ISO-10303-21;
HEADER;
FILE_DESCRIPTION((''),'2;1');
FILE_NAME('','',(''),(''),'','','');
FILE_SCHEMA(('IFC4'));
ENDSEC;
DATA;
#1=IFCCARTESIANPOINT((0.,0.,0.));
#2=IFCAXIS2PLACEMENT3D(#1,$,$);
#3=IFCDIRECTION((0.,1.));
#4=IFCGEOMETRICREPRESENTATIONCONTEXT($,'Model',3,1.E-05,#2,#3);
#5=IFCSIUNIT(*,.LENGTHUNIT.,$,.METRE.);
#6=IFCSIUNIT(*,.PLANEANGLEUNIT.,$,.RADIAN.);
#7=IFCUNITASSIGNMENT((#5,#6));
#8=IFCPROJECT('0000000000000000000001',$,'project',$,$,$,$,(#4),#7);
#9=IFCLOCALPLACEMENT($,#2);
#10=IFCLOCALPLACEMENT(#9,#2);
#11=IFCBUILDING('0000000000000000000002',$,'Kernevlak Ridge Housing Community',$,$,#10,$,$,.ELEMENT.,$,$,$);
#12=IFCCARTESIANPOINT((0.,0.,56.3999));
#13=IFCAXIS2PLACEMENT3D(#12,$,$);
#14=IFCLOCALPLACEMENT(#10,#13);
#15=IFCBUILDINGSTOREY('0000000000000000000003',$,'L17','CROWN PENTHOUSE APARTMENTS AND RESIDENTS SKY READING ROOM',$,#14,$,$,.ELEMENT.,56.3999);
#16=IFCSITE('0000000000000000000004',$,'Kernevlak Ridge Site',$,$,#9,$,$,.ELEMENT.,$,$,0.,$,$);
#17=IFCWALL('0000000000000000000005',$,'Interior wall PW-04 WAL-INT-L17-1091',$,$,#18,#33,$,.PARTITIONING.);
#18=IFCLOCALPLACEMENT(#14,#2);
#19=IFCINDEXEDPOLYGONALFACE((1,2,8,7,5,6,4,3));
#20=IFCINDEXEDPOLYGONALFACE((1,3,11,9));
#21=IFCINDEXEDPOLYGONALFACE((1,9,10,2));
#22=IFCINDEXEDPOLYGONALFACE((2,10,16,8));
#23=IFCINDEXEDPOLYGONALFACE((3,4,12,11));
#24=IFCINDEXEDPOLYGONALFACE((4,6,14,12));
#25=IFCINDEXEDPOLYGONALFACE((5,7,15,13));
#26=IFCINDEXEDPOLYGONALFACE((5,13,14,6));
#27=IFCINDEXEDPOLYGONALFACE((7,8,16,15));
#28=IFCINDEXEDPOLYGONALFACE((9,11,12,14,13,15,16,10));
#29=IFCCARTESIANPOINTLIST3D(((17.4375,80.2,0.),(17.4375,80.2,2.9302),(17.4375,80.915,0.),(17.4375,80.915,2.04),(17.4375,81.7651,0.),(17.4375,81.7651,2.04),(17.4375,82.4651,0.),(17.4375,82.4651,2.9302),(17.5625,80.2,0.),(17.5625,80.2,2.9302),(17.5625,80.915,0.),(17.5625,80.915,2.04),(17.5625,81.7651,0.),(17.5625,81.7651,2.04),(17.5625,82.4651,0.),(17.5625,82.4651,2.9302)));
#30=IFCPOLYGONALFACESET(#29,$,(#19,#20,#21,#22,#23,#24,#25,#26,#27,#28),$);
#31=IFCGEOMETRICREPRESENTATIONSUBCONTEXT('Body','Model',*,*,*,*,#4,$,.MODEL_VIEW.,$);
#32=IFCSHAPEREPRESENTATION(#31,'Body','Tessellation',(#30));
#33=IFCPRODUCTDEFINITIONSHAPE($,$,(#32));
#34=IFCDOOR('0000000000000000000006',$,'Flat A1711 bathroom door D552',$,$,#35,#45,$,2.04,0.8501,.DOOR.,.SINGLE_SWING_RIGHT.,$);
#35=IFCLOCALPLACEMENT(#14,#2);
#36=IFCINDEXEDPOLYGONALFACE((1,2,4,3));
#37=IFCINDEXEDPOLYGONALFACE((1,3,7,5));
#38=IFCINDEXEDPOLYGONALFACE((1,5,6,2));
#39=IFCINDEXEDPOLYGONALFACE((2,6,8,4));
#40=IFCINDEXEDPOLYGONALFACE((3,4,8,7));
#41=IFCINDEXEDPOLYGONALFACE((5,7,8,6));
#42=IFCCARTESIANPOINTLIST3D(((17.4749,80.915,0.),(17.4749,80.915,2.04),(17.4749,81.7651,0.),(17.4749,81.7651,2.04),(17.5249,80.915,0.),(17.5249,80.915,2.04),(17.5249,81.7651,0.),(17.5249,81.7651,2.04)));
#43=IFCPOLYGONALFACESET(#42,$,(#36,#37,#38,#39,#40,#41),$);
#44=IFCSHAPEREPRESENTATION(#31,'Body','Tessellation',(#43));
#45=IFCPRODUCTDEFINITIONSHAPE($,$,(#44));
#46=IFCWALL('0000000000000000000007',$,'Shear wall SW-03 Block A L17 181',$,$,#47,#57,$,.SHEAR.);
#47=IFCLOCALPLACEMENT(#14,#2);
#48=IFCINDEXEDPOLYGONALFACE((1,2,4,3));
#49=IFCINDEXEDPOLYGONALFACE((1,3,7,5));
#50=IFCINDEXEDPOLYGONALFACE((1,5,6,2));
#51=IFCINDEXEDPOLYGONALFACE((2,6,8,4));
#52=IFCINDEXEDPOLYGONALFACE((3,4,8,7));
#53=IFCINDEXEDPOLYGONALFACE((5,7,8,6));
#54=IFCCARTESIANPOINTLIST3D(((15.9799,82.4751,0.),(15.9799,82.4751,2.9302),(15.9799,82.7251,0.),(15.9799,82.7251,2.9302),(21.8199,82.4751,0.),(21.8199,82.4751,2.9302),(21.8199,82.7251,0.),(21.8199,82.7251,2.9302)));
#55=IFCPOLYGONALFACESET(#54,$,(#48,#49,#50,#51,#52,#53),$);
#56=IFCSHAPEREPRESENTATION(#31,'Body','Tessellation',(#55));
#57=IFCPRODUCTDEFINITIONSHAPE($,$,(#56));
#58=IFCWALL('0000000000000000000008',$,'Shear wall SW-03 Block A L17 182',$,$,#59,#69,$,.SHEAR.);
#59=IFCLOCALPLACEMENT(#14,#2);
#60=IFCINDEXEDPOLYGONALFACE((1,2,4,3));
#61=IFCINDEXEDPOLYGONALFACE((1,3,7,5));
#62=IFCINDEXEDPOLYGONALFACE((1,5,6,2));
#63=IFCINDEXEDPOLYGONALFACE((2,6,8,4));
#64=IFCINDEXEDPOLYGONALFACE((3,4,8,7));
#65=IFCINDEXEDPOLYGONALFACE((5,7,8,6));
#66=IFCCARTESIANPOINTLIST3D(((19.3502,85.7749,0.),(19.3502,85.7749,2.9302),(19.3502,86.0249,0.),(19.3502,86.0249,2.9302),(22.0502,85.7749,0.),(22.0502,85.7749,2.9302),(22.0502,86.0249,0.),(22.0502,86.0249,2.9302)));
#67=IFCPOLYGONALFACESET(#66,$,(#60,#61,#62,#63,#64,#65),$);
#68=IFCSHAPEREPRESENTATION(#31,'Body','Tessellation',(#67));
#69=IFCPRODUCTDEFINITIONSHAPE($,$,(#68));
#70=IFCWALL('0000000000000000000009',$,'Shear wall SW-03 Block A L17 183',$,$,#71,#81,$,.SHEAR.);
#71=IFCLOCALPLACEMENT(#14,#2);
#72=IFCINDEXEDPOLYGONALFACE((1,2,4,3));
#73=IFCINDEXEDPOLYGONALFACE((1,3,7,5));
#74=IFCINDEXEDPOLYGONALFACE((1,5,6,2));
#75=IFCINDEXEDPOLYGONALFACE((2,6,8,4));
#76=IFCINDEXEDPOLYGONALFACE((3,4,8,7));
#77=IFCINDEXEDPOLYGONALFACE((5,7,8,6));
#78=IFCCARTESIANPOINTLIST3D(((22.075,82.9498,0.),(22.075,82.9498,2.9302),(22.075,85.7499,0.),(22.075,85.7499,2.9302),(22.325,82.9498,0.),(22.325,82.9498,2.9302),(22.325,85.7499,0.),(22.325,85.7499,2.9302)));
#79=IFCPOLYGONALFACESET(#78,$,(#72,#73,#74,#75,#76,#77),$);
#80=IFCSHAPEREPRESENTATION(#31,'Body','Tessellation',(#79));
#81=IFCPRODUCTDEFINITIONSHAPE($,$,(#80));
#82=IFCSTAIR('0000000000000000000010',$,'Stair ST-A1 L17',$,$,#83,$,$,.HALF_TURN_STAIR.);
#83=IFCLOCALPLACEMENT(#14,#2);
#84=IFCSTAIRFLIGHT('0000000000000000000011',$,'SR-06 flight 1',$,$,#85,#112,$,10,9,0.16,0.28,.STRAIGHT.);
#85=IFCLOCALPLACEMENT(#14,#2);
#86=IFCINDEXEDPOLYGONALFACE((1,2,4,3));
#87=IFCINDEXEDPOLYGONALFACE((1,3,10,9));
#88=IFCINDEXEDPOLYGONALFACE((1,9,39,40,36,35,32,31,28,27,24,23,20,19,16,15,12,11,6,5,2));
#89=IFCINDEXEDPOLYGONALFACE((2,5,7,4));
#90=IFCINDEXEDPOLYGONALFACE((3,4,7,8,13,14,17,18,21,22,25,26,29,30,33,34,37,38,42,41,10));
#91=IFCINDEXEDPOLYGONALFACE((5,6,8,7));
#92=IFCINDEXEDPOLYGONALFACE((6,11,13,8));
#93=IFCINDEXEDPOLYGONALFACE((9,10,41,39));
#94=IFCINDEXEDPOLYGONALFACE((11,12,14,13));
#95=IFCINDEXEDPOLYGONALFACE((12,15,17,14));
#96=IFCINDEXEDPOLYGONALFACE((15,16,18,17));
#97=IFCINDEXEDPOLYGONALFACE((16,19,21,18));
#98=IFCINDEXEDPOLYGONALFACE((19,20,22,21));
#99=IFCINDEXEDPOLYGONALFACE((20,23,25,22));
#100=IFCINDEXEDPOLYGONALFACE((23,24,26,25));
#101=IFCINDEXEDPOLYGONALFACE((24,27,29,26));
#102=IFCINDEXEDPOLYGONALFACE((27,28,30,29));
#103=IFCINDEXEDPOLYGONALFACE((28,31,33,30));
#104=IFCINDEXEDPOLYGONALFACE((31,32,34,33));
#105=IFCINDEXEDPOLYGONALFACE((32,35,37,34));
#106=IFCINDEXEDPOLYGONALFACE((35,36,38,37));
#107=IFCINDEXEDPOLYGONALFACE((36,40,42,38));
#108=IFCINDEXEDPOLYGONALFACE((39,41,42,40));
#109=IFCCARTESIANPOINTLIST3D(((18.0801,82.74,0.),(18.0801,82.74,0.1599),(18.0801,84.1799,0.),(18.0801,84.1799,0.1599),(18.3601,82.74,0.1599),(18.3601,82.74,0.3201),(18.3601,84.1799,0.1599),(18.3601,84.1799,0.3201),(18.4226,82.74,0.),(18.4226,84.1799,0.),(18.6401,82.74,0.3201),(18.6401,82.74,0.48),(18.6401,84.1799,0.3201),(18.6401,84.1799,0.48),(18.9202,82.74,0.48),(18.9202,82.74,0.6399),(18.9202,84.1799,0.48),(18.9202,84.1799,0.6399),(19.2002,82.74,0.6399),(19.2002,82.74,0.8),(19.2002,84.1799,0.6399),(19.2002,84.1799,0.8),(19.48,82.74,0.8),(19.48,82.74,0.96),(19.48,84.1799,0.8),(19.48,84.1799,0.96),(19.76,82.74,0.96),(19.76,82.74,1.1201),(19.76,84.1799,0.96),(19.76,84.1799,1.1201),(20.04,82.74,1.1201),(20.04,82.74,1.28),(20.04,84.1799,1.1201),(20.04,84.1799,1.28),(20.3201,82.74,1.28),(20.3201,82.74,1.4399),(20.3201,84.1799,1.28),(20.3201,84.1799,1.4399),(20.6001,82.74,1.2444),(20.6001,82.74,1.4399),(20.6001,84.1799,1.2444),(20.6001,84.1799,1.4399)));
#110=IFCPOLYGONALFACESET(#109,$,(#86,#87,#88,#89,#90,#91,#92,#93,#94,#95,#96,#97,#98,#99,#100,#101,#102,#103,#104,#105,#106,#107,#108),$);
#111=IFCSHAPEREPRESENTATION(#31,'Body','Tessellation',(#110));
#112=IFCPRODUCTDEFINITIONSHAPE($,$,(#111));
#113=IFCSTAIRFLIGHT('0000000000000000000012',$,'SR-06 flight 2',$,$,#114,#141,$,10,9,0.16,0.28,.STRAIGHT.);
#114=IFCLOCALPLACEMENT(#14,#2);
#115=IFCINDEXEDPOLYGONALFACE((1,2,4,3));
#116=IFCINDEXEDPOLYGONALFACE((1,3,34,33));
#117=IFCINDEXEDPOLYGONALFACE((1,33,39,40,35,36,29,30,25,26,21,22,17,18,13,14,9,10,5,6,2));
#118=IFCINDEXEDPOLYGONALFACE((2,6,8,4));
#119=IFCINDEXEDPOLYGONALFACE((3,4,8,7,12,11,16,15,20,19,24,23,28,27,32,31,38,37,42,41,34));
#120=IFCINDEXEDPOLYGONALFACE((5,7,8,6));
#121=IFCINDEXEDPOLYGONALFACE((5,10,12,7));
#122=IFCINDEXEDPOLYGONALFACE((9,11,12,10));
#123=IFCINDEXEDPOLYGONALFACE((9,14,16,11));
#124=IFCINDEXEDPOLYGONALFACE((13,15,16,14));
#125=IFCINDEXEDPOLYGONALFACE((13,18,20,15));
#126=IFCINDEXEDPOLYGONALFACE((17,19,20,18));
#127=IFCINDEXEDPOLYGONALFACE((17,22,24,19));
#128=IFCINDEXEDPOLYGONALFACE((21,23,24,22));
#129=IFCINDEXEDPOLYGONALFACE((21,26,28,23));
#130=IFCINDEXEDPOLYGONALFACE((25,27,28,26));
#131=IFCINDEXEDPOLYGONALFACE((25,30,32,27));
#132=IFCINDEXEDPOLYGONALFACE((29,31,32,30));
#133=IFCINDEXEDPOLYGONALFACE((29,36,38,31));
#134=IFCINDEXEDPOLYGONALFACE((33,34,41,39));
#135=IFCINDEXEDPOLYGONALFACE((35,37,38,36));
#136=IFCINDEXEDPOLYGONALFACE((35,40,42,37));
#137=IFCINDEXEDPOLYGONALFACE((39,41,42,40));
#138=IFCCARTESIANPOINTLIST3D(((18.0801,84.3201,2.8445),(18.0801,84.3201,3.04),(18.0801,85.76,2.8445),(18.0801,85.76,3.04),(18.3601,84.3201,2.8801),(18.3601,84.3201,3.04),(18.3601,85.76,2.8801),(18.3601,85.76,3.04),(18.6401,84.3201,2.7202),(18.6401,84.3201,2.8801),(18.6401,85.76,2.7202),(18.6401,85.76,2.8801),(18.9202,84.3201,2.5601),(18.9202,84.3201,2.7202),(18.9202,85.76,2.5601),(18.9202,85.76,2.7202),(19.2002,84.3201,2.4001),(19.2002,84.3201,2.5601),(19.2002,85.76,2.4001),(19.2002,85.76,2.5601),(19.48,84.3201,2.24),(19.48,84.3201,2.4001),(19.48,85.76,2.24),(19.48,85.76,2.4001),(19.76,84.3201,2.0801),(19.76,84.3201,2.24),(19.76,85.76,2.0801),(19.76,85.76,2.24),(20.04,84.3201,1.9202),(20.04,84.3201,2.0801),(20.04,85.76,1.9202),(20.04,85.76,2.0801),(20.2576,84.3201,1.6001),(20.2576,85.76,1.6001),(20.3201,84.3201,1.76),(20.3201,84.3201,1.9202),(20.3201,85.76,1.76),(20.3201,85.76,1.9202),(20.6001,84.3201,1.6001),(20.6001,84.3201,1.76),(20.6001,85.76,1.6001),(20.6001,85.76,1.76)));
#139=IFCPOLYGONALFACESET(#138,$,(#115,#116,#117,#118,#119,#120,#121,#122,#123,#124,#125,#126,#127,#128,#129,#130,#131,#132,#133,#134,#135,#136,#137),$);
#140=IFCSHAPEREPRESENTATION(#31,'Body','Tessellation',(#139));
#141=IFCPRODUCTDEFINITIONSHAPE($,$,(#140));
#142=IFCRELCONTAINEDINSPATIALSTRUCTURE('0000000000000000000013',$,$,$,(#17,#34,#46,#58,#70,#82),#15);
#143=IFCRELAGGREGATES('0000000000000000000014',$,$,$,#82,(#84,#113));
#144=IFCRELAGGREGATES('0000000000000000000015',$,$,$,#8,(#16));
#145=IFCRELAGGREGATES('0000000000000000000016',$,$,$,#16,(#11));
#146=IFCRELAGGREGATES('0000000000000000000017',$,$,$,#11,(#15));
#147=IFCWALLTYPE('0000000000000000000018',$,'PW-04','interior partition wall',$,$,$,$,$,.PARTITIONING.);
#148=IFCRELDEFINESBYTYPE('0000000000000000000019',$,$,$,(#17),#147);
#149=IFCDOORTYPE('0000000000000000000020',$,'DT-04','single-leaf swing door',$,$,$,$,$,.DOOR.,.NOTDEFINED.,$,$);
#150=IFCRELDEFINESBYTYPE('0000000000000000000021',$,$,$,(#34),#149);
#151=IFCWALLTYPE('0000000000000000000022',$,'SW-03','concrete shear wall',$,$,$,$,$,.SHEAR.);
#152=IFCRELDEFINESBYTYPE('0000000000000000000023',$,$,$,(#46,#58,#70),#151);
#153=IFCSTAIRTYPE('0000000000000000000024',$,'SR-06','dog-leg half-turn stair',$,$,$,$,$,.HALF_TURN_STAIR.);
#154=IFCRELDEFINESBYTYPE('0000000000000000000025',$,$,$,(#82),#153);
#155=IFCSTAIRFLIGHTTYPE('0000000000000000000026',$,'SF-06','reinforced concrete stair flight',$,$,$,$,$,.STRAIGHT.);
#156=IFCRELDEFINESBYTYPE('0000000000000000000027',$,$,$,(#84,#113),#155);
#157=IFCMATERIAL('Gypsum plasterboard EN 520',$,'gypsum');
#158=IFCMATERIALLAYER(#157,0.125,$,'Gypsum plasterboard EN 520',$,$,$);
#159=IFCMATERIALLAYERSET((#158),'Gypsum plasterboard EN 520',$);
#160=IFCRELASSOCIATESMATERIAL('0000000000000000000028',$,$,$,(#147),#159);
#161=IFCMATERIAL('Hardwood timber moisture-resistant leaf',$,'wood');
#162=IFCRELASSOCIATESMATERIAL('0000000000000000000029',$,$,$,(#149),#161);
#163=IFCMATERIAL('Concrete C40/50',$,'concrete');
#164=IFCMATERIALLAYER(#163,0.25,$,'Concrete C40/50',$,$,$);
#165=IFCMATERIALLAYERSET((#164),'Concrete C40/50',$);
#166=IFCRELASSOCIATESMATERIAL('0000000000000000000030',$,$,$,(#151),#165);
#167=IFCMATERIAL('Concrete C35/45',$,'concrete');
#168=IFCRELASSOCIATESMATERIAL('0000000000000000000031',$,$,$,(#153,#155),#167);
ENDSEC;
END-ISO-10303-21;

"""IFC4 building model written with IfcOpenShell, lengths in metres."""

from ifc_helpers import new_model, si_unit, direction, frame, frame_2d, origin, place, context, subcontext, project, spatial, polyline, rectangle, outline, extrude, material, layer, layer_set, type_object, element, fill, aggregate, save


model = new_model("IFC4")

# Units and contexts
model_context = context("Model", 3, precision=1e-05, world=origin(), true_north=direction((0.0, 1.0)))
body_context = subcontext(model_context, "Body", "Model", "MODEL_VIEW")
ifc_project = project(units=[si_unit("LENGTHUNIT", "METRE"), si_unit("PLANEANGLEUNIT", "RADIAN")], contexts=[model_context])

# Site, building, storey
site_placement = place(None, origin())
site = spatial("IfcSite", under=ifc_project, at=site_placement, Name="Kernevlak Ridge Site", CompositionType="ELEMENT", RefElevation=0.0)
building_placement = place(site_placement, origin())
building = spatial("IfcBuilding", under=site, at=building_placement, Name="Kernevlak Ridge Housing Community", CompositionType="ELEMENT")
storey_placement = place(building_placement, frame((0.0, 0.0, 56.3999)))
storey = spatial("IfcBuildingStorey", under=building, at=storey_placement, Name="L17", Description="CROWN PENTHOUSE APARTMENTS AND RESIDENTS SKY READING ROOM", CompositionType="ELEMENT", Elevation=56.3999)

# Shared definitions
ifc_material_1 = material(Name="Concrete C35/45", Category="concrete")

# Wall, opening, door
ifc_material_2 = material(Name="Gypsum plasterboard EN 520", Category="gypsum")
ifc_layer_1 = layer(ifc_material_2, 0.125, Name="Gypsum plasterboard EN 520")
ifc_layer_set_1 = layer_set([ifc_layer_1], Name="Gypsum plasterboard EN 520")
wall_type_1 = type_object("IfcWallType", Name="PW-04", Description="interior partition wall", PredefinedType="PARTITIONING", material=ifc_layer_set_1)
wall_1_placement = place(storey_placement, frame((17.5, 82.4651, 0.0), z_axis=(0.0, 0.0, 1.0), x_axis=(0.0, -1.0, 0.0)))
wall_1 = element("IfcWall", 1, at=wall_1_placement, inside=storey, type_object=wall_type_1, Name="Interior wall PW-04 WAL-INT-L17-1091", PredefinedType="PARTITIONING", context=body_context, shape_type="SweptSolid", body=[
    extrude(rectangle(XDim=2.2651, YDim=0.125, at=frame_2d((1.1326, 0.0))), origin(), (0.0, 0.0, 1.0), 2.9302),
])
opening_1_placement = place(wall_1_placement, frame((0.7, 0.0, 0.0)))
opening_1 = element("IfcOpeningElement", 2, at=opening_1_placement, cuts=wall_1, PredefinedType="OPENING", context=body_context, shape_type="SweptSolid", body=[
    extrude(rectangle(XDim=0.8501, YDim=2.04, at=frame_2d((0.425, 1.02))), frame((0.0, 0.0725, 0.0), z_axis=(0.0, -1.0, 0.0), x_axis=(1.0, 0.0, 0.0)), (0.0, 0.0, 1.0), 0.145),
])
ifc_material_3 = material(Name="Hardwood timber moisture-resistant leaf", Category="wood")
door_type_1 = type_object("IfcDoorType", Name="DT-04", Description="single-leaf swing door", OperationType="NOTDEFINED", PredefinedType="DOOR", material=ifc_material_3)
door_1_placement = place(opening_1_placement, origin())
door_1 = element("IfcDoor", 3, at=door_1_placement, inside=storey, type_object=door_type_1, Name="Flat A1711 bathroom door D552", OperationType="SINGLE_SWING_RIGHT", OverallHeight=2.04, OverallWidth=0.8501, PredefinedType="DOOR", context=body_context, shape_type="SweptSolid", body=[
    extrude(rectangle(XDim=0.8501, YDim=2.04, at=frame_2d((0.425, 1.02))), frame((0.0, 0.0249, 0.0), z_axis=(0.0, -1.0, 0.0), x_axis=(1.0, 0.0, 0.0)), (0.0, 0.0, 1.0), 0.05),
])
fill(opening_1, door_1)

# Walls
ifc_material_4 = material(Name="Concrete C40/50", Category="concrete")
ifc_layer_2 = layer(ifc_material_4, 0.25, Name="Concrete C40/50")
ifc_layer_set_2 = layer_set([ifc_layer_2], Name="Concrete C40/50")
wall_type_2 = type_object("IfcWallType", Name="SW-03", Description="concrete shear wall", PredefinedType="SHEAR", material=ifc_layer_set_2)
wall_2_placement = place(storey_placement, frame((15.98, 82.6001, 0.0), z_axis=(0.0, 0.0, 1.0), x_axis=(1.0, 0.0, 0.0)))
element("IfcWall", 4, at=wall_2_placement, inside=storey, type_object=wall_type_2, Name="Shear wall SW-03 Block A L17 181", PredefinedType="SHEAR", context=body_context, shape_type="SweptSolid", body=[
    extrude(rectangle(XDim=5.8401, YDim=0.25, at=frame_2d((2.9199, 0.0))), origin(), (0.0, 0.0, 1.0), 2.9302),
])
wall_3_placement = place(storey_placement, frame((19.3501, 85.8999, 0.0), z_axis=(0.0, 0.0, 1.0), x_axis=(1.0, 0.0, 0.0)))
element("IfcWall", 5, at=wall_3_placement, inside=storey, type_object=wall_type_2, Name="Shear wall SW-03 Block A L17 182", PredefinedType="SHEAR", context=body_context, shape_type="SweptSolid", body=[
    extrude(rectangle(XDim=2.7, YDim=0.25, at=frame_2d((1.3501, 0.0))), origin(), (0.0, 0.0, 1.0), 2.9302),
])
wall_4_placement = place(storey_placement, frame((22.2, 82.95, 0.0), z_axis=(0.0, 0.0, 1.0), x_axis=(0.0, 1.0, 0.0)))
element("IfcWall", 6, at=wall_4_placement, inside=storey, type_object=wall_type_2, Name="Shear wall SW-03 Block A L17 183", PredefinedType="SHEAR", context=body_context, shape_type="SweptSolid", body=[
    extrude(rectangle(XDim=2.8, YDim=0.25, at=frame_2d((1.3999, 0.0))), origin(), (0.0, 0.0, 1.0), 2.9302),
])

# Stair, stair flights
stair_type = type_object("IfcStairType", Name="SR-06", Description="dog-leg half-turn stair", PredefinedType="HALF_TURN_STAIR", material=ifc_material_1)
stair_placement = place(storey_placement, origin())
stair = element("IfcStair", 7, at=stair_placement, inside=storey, type_object=stair_type, Name="Stair ST-A1 L17", PredefinedType="HALF_TURN_STAIR")
stair_flight_type = type_object("IfcStairFlightType", Name="SF-06", Description="reinforced concrete stair flight", PredefinedType="STRAIGHT", material=ifc_material_1)
stair_flight_1_placement = place(storey_placement, frame((18.0801, 83.46, 0.0), z_axis=(0.0, 0.0, 1.0), x_axis=(1.0, 0.0, 0.0)))
stair_flight_1 = element("IfcStairFlight", 8, at=stair_flight_1_placement, type_object=stair_flight_type, Name="SR-06 flight 1", NumberOfRisers=10, NumberOfTreads=9, PredefinedType="STRAIGHT", RiserHeight=0.16, TreadLength=0.28, context=body_context, shape_type="SweptSolid", body=[
    extrude(outline(polyline([(0.0, 0.0), (0.0, 0.1599), (0.28, 0.1599), (0.28, 0.3201), (0.5601, 0.3201), (0.5601, 0.48), (0.8401, 0.48), (0.8401, 0.6399), (1.1201, 0.6399), (1.1201, 0.8), (1.3999, 0.8), (1.3999, 0.96), (1.6799, 0.96), (1.6799, 1.1201), (1.96, 1.1201), (1.96, 1.28), (2.24, 1.28), (2.24, 1.4399), (2.52, 1.4399), (2.52, 1.6001), (2.52, 1.2444), (0.3425, 0.0), (0.0, 0.0)])), frame((0.0, 0.72, 0.0), z_axis=(0.0, -1.0, 0.0), x_axis=(1.0, 0.0, 0.0)), (0.0, 0.0, 1.0), 1.4399),
])
stair_flight_2_placement = place(storey_placement, frame((20.6001, 85.04, 1.6001), z_axis=(0.0, 0.0, 1.0), x_axis=(-1.0, 0.0, 0.0)))
stair_flight_2 = element("IfcStairFlight", 9, at=stair_flight_2_placement, type_object=stair_flight_type, Name="SR-06 flight 2", NumberOfRisers=10, NumberOfTreads=9, PredefinedType="STRAIGHT", RiserHeight=0.16, TreadLength=0.28, context=body_context, shape_type="SweptSolid", body=[
    extrude(outline(polyline([(0.0, 0.0), (0.0, 0.1599), (0.28, 0.1599), (0.28, 0.3201), (0.5601, 0.3201), (0.5601, 0.48), (0.8401, 0.48), (0.8401, 0.6399), (1.1201, 0.6399), (1.1201, 0.8), (1.3999, 0.8), (1.3999, 0.96), (1.6799, 0.96), (1.6799, 1.1201), (1.96, 1.1201), (1.96, 1.28), (2.24, 1.28), (2.24, 1.4399), (2.52, 1.4399), (2.52, 1.6001), (2.52, 1.2444), (0.3425, 0.0), (0.0, 0.0)])), frame((0.0, 0.72, 0.0), z_axis=(0.0, -1.0, 0.0), x_axis=(1.0, 0.0, 0.0)), (0.0, 0.0, 1.0), 1.4399),
])
aggregate(stair, [stair_flight_1, stair_flight_2])

save(model, "model.ifc")
